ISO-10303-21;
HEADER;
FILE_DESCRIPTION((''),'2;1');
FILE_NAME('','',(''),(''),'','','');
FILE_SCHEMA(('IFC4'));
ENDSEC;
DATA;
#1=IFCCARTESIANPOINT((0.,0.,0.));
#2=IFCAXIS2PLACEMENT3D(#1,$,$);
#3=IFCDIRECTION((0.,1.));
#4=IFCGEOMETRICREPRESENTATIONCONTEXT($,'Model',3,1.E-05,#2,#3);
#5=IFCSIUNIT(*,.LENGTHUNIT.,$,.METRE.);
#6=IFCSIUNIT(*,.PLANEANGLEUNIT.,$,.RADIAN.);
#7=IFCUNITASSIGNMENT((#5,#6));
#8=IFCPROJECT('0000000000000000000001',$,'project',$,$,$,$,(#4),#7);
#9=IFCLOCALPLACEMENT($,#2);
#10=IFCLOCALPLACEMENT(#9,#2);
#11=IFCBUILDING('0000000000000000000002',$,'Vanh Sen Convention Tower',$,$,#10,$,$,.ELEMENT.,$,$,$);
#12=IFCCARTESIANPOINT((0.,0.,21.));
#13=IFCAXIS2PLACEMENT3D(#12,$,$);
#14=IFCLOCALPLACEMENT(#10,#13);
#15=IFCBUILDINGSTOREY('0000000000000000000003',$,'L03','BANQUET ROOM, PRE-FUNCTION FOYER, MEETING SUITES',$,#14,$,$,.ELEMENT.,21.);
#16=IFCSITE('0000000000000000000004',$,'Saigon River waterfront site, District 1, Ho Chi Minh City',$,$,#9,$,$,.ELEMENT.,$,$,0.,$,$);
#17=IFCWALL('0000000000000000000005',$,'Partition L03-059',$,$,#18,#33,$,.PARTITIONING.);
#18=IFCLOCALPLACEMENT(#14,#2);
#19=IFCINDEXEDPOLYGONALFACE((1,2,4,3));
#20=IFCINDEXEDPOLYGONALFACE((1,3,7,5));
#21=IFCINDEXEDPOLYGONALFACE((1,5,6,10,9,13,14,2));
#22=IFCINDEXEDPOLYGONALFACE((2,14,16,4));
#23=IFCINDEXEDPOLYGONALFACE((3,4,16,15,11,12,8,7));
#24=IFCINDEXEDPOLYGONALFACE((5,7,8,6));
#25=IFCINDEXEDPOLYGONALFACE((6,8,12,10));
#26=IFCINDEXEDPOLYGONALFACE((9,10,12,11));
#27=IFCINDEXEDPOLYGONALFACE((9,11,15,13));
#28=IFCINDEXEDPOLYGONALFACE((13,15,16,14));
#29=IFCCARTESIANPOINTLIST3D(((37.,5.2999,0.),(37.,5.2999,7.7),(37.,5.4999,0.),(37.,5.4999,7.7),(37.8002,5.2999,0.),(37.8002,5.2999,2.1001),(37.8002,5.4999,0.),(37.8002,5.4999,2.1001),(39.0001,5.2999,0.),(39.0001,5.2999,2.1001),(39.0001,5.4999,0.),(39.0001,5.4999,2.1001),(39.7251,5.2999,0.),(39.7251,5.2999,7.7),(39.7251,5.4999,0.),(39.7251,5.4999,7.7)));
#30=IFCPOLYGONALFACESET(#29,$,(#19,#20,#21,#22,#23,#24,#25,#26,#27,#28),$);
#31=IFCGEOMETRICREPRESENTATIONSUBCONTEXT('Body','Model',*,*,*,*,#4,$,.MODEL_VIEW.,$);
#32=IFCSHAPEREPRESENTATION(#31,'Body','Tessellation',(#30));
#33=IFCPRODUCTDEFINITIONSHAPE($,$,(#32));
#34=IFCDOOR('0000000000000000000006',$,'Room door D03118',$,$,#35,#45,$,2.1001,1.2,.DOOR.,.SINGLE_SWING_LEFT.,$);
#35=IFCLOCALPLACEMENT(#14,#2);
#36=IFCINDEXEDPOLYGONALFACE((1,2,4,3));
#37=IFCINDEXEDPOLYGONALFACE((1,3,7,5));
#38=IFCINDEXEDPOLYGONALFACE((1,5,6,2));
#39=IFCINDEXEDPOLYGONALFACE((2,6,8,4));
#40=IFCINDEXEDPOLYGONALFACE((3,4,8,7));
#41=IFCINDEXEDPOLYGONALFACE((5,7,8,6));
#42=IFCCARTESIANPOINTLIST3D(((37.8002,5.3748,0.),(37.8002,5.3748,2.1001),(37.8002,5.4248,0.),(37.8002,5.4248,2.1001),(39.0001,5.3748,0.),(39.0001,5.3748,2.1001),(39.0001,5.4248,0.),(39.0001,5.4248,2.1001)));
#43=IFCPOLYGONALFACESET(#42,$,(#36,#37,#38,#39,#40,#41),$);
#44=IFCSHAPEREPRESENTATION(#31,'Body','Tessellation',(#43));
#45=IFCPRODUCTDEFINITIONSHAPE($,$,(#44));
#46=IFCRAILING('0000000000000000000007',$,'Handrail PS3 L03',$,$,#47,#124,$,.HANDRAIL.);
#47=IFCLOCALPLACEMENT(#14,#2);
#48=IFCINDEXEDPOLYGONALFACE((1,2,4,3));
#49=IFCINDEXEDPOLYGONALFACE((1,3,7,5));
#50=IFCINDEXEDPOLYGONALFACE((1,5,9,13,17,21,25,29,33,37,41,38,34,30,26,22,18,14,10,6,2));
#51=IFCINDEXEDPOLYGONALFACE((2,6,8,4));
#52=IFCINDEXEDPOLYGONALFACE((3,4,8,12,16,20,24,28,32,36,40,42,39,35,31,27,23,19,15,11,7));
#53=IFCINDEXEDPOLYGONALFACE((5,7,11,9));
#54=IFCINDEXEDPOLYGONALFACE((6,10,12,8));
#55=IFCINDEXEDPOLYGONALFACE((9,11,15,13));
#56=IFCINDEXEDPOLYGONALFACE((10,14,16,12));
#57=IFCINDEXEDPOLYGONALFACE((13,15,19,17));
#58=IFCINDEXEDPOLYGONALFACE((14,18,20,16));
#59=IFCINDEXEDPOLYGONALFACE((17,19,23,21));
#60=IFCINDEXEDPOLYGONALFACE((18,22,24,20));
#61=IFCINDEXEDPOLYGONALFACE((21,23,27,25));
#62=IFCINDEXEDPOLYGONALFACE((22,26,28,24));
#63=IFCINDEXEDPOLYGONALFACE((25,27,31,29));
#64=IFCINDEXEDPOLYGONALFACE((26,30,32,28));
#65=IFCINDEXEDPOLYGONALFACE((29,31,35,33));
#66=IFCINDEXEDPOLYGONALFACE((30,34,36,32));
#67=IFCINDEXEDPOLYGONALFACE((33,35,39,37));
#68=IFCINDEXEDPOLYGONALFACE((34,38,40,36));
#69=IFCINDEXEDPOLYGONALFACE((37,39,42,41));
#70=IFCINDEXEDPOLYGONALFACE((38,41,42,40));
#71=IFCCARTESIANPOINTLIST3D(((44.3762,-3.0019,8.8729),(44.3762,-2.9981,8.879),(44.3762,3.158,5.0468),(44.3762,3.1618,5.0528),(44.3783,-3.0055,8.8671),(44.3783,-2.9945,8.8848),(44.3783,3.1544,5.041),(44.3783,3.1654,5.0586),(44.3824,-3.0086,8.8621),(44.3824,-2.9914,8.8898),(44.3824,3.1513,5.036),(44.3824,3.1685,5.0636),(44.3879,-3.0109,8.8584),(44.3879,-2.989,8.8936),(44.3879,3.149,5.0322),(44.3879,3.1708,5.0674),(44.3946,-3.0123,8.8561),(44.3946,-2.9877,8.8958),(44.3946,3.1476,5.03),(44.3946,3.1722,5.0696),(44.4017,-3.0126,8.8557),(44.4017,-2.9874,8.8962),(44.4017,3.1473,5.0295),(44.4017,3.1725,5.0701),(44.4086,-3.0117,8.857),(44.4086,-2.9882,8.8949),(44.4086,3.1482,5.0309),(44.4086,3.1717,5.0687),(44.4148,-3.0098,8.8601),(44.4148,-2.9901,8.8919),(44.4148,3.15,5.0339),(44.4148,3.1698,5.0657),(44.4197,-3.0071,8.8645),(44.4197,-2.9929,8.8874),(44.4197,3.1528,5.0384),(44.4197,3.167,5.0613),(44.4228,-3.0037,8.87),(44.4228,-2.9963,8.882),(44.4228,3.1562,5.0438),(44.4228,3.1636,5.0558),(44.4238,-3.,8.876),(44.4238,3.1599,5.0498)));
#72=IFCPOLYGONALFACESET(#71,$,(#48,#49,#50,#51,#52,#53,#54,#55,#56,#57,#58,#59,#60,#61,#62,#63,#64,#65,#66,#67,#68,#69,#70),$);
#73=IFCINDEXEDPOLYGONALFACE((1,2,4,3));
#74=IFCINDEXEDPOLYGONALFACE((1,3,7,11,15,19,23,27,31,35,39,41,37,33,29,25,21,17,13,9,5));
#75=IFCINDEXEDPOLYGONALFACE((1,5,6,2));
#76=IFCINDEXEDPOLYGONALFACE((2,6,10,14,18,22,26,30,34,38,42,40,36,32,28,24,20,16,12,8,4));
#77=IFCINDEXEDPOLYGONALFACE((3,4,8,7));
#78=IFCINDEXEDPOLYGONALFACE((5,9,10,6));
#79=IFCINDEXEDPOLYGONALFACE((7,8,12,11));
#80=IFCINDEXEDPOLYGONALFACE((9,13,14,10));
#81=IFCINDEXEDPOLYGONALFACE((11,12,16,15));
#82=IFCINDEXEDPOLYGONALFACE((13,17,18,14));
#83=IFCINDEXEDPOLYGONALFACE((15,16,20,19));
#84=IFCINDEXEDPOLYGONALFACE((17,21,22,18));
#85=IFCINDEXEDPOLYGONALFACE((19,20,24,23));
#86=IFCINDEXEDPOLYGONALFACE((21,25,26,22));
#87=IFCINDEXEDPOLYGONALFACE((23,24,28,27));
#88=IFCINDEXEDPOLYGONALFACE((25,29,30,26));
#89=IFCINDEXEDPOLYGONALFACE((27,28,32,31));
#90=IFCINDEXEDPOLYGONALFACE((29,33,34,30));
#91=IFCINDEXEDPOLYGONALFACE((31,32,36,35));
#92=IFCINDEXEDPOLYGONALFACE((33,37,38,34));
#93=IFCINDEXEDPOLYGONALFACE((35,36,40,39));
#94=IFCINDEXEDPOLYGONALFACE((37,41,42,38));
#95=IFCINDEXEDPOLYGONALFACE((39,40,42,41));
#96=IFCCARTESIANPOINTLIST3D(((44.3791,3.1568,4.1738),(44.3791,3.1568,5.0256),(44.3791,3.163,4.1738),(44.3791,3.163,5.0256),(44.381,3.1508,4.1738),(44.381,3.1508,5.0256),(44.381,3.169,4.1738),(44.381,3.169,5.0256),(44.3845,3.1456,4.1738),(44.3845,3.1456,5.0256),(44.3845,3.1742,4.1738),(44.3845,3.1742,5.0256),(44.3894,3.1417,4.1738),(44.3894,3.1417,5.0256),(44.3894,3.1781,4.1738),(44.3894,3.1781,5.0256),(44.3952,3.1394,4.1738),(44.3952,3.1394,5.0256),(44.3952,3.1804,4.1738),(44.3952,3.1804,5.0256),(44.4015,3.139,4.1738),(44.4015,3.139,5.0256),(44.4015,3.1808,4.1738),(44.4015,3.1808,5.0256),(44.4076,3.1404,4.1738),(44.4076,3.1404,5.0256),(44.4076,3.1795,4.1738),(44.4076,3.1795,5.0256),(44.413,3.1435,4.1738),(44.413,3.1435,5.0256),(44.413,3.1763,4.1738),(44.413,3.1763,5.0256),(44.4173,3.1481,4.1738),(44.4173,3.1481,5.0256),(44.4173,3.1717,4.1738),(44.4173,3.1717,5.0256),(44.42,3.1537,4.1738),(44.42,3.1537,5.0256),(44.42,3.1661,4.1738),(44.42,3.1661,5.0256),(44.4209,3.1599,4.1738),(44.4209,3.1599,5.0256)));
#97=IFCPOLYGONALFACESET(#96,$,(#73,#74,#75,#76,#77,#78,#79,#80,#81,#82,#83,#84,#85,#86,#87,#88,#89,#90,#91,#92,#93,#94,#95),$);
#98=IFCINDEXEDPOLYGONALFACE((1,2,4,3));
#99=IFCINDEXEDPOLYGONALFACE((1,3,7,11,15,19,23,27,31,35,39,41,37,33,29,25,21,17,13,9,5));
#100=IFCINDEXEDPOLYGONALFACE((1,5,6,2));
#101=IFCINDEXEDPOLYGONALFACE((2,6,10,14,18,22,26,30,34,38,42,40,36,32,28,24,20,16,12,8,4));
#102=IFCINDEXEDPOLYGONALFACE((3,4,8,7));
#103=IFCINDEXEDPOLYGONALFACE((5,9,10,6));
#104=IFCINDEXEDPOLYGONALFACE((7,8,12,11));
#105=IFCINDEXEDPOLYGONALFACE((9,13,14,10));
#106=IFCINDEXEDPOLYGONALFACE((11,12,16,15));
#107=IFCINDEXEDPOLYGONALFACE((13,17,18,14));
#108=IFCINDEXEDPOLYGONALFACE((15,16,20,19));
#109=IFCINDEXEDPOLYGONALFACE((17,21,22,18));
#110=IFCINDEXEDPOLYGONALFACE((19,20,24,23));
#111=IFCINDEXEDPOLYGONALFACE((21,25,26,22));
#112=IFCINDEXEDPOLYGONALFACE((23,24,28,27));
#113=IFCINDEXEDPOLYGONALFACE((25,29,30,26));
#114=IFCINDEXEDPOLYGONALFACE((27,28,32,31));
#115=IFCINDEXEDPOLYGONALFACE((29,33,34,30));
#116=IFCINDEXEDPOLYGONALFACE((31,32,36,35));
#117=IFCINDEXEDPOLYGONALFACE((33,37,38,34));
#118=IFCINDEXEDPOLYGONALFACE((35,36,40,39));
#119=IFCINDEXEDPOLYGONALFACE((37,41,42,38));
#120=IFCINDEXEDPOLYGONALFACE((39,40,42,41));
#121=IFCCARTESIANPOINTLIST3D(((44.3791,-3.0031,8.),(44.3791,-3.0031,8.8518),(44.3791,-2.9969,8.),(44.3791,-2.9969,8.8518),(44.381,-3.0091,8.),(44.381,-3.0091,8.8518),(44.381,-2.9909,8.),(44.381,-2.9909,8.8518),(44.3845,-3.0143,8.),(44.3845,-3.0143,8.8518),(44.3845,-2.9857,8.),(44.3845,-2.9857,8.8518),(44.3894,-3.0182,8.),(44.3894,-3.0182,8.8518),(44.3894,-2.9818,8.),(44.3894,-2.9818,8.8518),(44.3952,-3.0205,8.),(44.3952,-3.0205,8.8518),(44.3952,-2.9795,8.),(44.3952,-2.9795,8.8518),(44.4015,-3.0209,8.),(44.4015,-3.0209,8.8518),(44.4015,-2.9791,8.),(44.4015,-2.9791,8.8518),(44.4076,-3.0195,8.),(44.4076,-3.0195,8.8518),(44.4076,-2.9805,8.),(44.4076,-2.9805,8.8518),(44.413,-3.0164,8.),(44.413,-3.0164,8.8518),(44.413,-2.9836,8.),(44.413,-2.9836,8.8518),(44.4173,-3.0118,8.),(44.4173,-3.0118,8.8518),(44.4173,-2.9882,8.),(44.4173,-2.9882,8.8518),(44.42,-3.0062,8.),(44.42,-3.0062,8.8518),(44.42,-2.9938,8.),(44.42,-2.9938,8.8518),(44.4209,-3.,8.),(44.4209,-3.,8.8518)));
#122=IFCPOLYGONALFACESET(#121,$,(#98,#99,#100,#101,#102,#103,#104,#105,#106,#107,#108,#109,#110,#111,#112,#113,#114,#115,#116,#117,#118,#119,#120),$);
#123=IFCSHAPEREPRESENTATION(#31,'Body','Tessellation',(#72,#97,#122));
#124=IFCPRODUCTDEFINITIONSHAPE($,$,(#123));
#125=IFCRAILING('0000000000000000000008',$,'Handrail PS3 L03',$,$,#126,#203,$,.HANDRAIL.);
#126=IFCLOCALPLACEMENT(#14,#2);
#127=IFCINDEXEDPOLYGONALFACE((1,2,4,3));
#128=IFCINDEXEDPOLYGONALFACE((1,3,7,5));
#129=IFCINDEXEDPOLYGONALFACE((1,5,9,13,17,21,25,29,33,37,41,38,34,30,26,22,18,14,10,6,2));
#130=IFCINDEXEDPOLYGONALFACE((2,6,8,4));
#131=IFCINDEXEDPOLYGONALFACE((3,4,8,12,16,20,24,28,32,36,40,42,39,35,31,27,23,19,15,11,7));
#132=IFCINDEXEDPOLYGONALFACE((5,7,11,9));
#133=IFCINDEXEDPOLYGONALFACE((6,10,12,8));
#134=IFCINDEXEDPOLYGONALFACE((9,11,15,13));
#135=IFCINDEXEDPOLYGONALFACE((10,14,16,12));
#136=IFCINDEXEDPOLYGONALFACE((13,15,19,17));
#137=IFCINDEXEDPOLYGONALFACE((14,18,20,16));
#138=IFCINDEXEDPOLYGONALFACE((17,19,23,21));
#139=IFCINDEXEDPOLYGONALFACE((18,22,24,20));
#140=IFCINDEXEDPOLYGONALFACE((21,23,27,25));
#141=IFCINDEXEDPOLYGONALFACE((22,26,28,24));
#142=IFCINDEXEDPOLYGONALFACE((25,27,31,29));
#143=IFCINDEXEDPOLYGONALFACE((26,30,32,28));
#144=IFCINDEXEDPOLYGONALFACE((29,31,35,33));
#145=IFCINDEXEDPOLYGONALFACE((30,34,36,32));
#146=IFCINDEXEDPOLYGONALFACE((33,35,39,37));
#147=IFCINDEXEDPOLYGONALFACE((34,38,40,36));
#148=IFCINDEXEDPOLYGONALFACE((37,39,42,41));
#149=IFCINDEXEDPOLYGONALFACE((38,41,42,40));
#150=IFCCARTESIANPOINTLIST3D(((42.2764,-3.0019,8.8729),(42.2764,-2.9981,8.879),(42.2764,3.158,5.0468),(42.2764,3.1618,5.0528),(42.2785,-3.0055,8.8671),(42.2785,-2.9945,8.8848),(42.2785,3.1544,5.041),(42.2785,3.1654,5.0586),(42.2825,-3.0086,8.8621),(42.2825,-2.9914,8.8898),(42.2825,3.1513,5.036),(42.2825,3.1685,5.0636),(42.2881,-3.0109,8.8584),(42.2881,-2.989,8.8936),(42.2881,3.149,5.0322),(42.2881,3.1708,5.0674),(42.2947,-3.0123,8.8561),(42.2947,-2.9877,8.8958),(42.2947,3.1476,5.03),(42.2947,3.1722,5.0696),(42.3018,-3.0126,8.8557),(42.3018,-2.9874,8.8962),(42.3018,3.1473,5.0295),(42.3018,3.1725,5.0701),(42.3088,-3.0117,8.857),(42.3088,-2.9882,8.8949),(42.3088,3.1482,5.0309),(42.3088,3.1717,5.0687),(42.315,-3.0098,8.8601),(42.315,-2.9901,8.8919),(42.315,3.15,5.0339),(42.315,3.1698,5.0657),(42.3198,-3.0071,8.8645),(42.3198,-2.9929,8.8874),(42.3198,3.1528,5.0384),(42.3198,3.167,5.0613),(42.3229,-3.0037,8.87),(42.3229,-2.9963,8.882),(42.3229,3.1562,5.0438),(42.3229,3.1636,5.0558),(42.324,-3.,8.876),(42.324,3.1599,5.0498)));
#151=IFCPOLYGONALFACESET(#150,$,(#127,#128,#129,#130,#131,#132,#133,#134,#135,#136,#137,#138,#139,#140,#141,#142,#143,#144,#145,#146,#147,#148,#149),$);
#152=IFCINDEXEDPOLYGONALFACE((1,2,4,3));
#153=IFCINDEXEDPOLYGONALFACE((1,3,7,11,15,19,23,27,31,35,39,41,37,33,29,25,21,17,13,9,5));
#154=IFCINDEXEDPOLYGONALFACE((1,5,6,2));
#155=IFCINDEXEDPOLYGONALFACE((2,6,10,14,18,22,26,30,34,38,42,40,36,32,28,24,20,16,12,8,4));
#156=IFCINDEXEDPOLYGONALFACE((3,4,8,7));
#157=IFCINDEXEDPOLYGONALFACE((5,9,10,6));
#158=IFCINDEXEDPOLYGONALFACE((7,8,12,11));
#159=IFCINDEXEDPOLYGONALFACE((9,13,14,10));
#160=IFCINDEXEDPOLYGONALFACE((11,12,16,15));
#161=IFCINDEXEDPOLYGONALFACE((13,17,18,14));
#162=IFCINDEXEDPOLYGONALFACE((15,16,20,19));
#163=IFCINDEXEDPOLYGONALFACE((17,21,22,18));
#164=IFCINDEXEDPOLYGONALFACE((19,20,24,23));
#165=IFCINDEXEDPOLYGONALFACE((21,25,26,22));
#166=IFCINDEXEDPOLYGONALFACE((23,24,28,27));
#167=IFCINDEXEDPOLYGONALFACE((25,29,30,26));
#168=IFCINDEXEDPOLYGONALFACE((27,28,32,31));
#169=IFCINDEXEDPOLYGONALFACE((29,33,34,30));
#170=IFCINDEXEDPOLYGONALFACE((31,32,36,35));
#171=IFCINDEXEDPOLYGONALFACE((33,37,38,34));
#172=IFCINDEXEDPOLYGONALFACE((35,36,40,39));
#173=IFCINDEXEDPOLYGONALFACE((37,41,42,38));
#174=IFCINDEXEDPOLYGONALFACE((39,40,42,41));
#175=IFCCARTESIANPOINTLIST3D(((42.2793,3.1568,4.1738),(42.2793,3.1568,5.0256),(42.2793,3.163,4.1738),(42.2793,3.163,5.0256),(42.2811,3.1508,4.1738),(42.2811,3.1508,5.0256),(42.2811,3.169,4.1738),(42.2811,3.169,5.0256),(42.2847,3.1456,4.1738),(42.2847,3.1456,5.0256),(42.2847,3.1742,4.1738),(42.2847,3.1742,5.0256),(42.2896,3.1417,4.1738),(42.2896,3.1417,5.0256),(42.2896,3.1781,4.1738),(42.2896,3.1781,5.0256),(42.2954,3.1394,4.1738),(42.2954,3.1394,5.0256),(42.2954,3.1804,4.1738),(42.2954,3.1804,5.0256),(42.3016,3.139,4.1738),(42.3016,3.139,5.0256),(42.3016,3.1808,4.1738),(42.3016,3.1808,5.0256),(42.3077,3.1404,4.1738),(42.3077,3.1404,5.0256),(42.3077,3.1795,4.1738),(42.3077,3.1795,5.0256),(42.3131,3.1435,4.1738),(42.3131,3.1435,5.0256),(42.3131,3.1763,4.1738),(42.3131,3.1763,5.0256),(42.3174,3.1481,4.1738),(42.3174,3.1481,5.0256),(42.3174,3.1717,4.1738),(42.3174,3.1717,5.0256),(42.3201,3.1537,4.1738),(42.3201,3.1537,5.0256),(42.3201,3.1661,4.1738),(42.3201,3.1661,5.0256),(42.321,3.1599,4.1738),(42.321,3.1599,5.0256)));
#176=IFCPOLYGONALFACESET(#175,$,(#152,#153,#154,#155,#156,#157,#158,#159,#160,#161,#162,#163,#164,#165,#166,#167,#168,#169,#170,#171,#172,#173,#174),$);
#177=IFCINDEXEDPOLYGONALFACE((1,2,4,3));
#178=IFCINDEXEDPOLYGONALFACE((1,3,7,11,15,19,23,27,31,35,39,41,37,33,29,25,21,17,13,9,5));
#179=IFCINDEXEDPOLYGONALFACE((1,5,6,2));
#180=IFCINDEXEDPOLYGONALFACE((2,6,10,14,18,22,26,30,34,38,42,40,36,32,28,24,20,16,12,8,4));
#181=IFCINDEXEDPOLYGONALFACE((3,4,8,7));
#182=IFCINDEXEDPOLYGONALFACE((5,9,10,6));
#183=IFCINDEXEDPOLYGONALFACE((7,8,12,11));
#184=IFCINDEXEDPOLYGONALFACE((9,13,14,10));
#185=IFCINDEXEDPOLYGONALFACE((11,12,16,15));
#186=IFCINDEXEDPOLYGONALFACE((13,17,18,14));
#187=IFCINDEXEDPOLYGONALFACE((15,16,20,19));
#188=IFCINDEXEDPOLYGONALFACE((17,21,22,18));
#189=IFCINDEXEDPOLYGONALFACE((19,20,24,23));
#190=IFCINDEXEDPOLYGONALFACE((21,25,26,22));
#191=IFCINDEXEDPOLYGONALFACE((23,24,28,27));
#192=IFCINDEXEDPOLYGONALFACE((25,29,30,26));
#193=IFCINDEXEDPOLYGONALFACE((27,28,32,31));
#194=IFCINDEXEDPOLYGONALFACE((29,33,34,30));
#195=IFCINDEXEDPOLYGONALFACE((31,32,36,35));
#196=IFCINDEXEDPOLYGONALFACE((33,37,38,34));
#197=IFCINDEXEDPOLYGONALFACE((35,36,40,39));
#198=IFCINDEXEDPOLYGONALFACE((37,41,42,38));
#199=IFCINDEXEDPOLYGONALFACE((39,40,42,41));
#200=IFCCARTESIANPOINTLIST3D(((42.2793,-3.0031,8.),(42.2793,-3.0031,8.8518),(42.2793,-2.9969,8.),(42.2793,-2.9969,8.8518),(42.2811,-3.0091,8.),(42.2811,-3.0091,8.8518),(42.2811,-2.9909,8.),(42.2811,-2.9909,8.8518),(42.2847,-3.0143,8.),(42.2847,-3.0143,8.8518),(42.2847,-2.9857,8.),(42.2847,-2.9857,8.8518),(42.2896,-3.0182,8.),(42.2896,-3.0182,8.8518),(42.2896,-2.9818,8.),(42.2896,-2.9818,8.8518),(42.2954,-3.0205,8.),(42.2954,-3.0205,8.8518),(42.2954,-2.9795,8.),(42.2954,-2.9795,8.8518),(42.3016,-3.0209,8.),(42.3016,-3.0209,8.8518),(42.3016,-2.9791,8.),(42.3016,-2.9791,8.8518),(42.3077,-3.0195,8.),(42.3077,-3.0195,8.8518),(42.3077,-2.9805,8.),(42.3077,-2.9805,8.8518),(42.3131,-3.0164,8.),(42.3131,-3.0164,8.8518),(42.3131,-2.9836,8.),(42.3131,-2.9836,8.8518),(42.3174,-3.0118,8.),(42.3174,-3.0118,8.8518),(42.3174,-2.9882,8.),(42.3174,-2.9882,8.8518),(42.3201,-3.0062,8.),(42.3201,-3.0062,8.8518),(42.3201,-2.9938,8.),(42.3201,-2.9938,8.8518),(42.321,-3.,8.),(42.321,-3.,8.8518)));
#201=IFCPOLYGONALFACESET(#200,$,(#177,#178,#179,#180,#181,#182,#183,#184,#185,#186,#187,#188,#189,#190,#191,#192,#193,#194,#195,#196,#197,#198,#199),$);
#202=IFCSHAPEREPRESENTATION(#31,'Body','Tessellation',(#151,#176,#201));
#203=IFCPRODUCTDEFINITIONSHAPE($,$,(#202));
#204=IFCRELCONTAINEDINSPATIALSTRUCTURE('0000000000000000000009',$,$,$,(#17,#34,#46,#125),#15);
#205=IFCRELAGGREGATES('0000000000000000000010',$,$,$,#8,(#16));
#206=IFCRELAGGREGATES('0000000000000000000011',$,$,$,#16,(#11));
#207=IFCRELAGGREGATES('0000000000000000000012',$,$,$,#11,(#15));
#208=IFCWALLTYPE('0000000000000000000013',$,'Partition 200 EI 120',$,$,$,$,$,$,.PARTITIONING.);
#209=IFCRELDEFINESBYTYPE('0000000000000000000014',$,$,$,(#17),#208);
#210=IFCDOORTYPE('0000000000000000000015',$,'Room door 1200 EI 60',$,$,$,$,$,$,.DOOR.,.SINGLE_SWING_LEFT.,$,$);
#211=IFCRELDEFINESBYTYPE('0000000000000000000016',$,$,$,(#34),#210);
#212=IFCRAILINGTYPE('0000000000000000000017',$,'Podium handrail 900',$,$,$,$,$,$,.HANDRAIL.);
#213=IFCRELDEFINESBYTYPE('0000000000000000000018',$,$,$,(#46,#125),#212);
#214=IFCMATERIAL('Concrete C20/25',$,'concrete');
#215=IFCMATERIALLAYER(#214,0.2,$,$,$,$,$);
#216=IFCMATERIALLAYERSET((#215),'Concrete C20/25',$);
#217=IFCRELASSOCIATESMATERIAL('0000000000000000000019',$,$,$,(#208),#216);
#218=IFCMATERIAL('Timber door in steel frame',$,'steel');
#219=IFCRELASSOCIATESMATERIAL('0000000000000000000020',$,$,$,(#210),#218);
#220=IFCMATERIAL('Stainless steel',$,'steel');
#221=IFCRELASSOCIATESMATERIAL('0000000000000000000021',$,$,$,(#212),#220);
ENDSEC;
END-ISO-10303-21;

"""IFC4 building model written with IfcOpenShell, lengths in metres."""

from ifc_helpers import new_model, si_unit, direction, frame, frame_2d, origin, origin_2d, place, context, subcontext, project, spatial, rectangle, circle, extrude, material, layer, layer_set, type_object, element, fill, save


model = new_model("IFC4")

# Units and contexts
model_context = context("Model", 3, precision=1e-05, world=origin(), true_north=direction((0.0, 1.0)))
body_context = subcontext(model_context, "Body", "Model", "MODEL_VIEW")
ifc_project = project(units=[si_unit("LENGTHUNIT", "METRE"), si_unit("PLANEANGLEUNIT", "RADIAN")], contexts=[model_context])

# Site, building, storey
site_placement = place(None, origin())
site = spatial("IfcSite", under=ifc_project, at=site_placement, Name="Saigon River waterfront site, District 1, Ho Chi Minh City", CompositionType="ELEMENT", RefElevation=0.0)
building_placement = place(site_placement, origin())
building = spatial("IfcBuilding", under=site, at=building_placement, Name="Vanh Sen Convention Tower", CompositionType="ELEMENT")
storey_placement = place(building_placement, frame((0.0, 0.0, 21.0)))
storey = spatial("IfcBuildingStorey", under=building, at=storey_placement, Name="L03", Description="BANQUET ROOM, PRE-FUNCTION FOYER, MEETING SUITES", CompositionType="ELEMENT", Elevation=21.0)

# Wall, opening, door
ifc_material_1 = material(Name="Concrete C20/25", Category="concrete")
ifc_layer_1 = layer(ifc_material_1, 0.2)
ifc_layer_set_1 = layer_set([ifc_layer_1], Name="Concrete C20/25")
wall_type_1 = type_object("IfcWallType", Name="Partition 200 EI 120", PredefinedType="PARTITIONING", material=ifc_layer_set_1)
ifc_material_2 = material(Name="Timber door in steel frame", Category="steel")
door_type = type_object("IfcDoorType", Name="Room door 1200 EI 60", OperationType="SINGLE_SWING_LEFT", PredefinedType="DOOR", material=ifc_material_2)
wall_1_placement = place(storey_placement, frame((37.0, 5.3999, 0.0), z_axis=(0.0, 0.0, 1.0), x_axis=(1.0, 0.0, 0.0)))
wall_1 = element("IfcWall", 1, at=wall_1_placement, inside=storey, type_object=wall_type_1, Name="Partition L03-059", PredefinedType="PARTITIONING", context=body_context, shape_type="SweptSolid", body=[
    extrude(rectangle(XDim=2.7251, YDim=0.2, at=frame_2d((1.3625, 0.0))), origin(), (0.0, 0.0, 1.0), 7.7),
])
opening_1_placement = place(wall_1_placement, frame((0.8, 0.0, 0.0)))
opening_1 = element("IfcOpeningElement", 2, at=opening_1_placement, cuts=wall_1, PredefinedType="OPENING", context=body_context, shape_type="SweptSolid", body=[
    extrude(rectangle(XDim=1.2, YDim=2.1001, at=frame_2d((0.6001, 1.05))), frame((0.0, 0.1099, 0.0), z_axis=(0.0, -1.0, 0.0), x_axis=(1.0, 0.0, 0.0)), (0.0, 0.0, 1.0), 0.22),
])
door_1_placement = place(opening_1_placement, origin())
door_1 = element("IfcDoor", 3, at=door_1_placement, inside=storey, type_object=door_type, Name="Room door D03118", OperationType="SINGLE_SWING_LEFT", OverallHeight=2.1001, OverallWidth=1.2, PredefinedType="DOOR", context=body_context, shape_type="SweptSolid", body=[
    extrude(rectangle(XDim=1.2, YDim=2.1001, at=frame_2d((0.6001, 1.05))), frame((0.0, 0.0249, 0.0), z_axis=(0.0, -1.0, 0.0), x_axis=(1.0, 0.0, 0.0)), (0.0, 0.0, 1.0), 0.05),
])
fill(opening_1, door_1)

# Railings
ifc_material_3 = material(Name="Stainless steel", Category="steel")
railing_type = type_object("IfcRailingType", Name="Podium handrail 900", PredefinedType="HANDRAIL", material=ifc_material_3)
for number, where, name in (
    (4, (44.3999, 3.1599, 4.1738), "Handrail PS3 L03"),
    (5, (42.3, 3.1599, 4.1738), "Handrail PS3 L03"),
):
    element("IfcRailing", number, at=place(storey_placement, frame(where)), inside=storey, type_object=railing_type, Name=name, PredefinedType="HANDRAIL", context=body_context, shape_type="SweptSolid", body=[
        extrude(circle(Radius=0.0239, at=origin_2d()), frame((0.0, 0.0, 0.876), z_axis=(0.0, -0.849468, 0.527639), x_axis=(1.0, 0.0, 0.0)), (0.0, 0.0, 1.0), 7.2515),
        extrude(circle(Radius=0.021, at=origin_2d()), origin(), (0.0, 0.0, 1.0), 0.8518),
        extrude(circle(Radius=0.021, at=origin_2d()), frame((0.0, -6.1599, 3.8262)), (0.0, 0.0, 1.0), 0.8518),
    ])

save(model, "model.ifc")
